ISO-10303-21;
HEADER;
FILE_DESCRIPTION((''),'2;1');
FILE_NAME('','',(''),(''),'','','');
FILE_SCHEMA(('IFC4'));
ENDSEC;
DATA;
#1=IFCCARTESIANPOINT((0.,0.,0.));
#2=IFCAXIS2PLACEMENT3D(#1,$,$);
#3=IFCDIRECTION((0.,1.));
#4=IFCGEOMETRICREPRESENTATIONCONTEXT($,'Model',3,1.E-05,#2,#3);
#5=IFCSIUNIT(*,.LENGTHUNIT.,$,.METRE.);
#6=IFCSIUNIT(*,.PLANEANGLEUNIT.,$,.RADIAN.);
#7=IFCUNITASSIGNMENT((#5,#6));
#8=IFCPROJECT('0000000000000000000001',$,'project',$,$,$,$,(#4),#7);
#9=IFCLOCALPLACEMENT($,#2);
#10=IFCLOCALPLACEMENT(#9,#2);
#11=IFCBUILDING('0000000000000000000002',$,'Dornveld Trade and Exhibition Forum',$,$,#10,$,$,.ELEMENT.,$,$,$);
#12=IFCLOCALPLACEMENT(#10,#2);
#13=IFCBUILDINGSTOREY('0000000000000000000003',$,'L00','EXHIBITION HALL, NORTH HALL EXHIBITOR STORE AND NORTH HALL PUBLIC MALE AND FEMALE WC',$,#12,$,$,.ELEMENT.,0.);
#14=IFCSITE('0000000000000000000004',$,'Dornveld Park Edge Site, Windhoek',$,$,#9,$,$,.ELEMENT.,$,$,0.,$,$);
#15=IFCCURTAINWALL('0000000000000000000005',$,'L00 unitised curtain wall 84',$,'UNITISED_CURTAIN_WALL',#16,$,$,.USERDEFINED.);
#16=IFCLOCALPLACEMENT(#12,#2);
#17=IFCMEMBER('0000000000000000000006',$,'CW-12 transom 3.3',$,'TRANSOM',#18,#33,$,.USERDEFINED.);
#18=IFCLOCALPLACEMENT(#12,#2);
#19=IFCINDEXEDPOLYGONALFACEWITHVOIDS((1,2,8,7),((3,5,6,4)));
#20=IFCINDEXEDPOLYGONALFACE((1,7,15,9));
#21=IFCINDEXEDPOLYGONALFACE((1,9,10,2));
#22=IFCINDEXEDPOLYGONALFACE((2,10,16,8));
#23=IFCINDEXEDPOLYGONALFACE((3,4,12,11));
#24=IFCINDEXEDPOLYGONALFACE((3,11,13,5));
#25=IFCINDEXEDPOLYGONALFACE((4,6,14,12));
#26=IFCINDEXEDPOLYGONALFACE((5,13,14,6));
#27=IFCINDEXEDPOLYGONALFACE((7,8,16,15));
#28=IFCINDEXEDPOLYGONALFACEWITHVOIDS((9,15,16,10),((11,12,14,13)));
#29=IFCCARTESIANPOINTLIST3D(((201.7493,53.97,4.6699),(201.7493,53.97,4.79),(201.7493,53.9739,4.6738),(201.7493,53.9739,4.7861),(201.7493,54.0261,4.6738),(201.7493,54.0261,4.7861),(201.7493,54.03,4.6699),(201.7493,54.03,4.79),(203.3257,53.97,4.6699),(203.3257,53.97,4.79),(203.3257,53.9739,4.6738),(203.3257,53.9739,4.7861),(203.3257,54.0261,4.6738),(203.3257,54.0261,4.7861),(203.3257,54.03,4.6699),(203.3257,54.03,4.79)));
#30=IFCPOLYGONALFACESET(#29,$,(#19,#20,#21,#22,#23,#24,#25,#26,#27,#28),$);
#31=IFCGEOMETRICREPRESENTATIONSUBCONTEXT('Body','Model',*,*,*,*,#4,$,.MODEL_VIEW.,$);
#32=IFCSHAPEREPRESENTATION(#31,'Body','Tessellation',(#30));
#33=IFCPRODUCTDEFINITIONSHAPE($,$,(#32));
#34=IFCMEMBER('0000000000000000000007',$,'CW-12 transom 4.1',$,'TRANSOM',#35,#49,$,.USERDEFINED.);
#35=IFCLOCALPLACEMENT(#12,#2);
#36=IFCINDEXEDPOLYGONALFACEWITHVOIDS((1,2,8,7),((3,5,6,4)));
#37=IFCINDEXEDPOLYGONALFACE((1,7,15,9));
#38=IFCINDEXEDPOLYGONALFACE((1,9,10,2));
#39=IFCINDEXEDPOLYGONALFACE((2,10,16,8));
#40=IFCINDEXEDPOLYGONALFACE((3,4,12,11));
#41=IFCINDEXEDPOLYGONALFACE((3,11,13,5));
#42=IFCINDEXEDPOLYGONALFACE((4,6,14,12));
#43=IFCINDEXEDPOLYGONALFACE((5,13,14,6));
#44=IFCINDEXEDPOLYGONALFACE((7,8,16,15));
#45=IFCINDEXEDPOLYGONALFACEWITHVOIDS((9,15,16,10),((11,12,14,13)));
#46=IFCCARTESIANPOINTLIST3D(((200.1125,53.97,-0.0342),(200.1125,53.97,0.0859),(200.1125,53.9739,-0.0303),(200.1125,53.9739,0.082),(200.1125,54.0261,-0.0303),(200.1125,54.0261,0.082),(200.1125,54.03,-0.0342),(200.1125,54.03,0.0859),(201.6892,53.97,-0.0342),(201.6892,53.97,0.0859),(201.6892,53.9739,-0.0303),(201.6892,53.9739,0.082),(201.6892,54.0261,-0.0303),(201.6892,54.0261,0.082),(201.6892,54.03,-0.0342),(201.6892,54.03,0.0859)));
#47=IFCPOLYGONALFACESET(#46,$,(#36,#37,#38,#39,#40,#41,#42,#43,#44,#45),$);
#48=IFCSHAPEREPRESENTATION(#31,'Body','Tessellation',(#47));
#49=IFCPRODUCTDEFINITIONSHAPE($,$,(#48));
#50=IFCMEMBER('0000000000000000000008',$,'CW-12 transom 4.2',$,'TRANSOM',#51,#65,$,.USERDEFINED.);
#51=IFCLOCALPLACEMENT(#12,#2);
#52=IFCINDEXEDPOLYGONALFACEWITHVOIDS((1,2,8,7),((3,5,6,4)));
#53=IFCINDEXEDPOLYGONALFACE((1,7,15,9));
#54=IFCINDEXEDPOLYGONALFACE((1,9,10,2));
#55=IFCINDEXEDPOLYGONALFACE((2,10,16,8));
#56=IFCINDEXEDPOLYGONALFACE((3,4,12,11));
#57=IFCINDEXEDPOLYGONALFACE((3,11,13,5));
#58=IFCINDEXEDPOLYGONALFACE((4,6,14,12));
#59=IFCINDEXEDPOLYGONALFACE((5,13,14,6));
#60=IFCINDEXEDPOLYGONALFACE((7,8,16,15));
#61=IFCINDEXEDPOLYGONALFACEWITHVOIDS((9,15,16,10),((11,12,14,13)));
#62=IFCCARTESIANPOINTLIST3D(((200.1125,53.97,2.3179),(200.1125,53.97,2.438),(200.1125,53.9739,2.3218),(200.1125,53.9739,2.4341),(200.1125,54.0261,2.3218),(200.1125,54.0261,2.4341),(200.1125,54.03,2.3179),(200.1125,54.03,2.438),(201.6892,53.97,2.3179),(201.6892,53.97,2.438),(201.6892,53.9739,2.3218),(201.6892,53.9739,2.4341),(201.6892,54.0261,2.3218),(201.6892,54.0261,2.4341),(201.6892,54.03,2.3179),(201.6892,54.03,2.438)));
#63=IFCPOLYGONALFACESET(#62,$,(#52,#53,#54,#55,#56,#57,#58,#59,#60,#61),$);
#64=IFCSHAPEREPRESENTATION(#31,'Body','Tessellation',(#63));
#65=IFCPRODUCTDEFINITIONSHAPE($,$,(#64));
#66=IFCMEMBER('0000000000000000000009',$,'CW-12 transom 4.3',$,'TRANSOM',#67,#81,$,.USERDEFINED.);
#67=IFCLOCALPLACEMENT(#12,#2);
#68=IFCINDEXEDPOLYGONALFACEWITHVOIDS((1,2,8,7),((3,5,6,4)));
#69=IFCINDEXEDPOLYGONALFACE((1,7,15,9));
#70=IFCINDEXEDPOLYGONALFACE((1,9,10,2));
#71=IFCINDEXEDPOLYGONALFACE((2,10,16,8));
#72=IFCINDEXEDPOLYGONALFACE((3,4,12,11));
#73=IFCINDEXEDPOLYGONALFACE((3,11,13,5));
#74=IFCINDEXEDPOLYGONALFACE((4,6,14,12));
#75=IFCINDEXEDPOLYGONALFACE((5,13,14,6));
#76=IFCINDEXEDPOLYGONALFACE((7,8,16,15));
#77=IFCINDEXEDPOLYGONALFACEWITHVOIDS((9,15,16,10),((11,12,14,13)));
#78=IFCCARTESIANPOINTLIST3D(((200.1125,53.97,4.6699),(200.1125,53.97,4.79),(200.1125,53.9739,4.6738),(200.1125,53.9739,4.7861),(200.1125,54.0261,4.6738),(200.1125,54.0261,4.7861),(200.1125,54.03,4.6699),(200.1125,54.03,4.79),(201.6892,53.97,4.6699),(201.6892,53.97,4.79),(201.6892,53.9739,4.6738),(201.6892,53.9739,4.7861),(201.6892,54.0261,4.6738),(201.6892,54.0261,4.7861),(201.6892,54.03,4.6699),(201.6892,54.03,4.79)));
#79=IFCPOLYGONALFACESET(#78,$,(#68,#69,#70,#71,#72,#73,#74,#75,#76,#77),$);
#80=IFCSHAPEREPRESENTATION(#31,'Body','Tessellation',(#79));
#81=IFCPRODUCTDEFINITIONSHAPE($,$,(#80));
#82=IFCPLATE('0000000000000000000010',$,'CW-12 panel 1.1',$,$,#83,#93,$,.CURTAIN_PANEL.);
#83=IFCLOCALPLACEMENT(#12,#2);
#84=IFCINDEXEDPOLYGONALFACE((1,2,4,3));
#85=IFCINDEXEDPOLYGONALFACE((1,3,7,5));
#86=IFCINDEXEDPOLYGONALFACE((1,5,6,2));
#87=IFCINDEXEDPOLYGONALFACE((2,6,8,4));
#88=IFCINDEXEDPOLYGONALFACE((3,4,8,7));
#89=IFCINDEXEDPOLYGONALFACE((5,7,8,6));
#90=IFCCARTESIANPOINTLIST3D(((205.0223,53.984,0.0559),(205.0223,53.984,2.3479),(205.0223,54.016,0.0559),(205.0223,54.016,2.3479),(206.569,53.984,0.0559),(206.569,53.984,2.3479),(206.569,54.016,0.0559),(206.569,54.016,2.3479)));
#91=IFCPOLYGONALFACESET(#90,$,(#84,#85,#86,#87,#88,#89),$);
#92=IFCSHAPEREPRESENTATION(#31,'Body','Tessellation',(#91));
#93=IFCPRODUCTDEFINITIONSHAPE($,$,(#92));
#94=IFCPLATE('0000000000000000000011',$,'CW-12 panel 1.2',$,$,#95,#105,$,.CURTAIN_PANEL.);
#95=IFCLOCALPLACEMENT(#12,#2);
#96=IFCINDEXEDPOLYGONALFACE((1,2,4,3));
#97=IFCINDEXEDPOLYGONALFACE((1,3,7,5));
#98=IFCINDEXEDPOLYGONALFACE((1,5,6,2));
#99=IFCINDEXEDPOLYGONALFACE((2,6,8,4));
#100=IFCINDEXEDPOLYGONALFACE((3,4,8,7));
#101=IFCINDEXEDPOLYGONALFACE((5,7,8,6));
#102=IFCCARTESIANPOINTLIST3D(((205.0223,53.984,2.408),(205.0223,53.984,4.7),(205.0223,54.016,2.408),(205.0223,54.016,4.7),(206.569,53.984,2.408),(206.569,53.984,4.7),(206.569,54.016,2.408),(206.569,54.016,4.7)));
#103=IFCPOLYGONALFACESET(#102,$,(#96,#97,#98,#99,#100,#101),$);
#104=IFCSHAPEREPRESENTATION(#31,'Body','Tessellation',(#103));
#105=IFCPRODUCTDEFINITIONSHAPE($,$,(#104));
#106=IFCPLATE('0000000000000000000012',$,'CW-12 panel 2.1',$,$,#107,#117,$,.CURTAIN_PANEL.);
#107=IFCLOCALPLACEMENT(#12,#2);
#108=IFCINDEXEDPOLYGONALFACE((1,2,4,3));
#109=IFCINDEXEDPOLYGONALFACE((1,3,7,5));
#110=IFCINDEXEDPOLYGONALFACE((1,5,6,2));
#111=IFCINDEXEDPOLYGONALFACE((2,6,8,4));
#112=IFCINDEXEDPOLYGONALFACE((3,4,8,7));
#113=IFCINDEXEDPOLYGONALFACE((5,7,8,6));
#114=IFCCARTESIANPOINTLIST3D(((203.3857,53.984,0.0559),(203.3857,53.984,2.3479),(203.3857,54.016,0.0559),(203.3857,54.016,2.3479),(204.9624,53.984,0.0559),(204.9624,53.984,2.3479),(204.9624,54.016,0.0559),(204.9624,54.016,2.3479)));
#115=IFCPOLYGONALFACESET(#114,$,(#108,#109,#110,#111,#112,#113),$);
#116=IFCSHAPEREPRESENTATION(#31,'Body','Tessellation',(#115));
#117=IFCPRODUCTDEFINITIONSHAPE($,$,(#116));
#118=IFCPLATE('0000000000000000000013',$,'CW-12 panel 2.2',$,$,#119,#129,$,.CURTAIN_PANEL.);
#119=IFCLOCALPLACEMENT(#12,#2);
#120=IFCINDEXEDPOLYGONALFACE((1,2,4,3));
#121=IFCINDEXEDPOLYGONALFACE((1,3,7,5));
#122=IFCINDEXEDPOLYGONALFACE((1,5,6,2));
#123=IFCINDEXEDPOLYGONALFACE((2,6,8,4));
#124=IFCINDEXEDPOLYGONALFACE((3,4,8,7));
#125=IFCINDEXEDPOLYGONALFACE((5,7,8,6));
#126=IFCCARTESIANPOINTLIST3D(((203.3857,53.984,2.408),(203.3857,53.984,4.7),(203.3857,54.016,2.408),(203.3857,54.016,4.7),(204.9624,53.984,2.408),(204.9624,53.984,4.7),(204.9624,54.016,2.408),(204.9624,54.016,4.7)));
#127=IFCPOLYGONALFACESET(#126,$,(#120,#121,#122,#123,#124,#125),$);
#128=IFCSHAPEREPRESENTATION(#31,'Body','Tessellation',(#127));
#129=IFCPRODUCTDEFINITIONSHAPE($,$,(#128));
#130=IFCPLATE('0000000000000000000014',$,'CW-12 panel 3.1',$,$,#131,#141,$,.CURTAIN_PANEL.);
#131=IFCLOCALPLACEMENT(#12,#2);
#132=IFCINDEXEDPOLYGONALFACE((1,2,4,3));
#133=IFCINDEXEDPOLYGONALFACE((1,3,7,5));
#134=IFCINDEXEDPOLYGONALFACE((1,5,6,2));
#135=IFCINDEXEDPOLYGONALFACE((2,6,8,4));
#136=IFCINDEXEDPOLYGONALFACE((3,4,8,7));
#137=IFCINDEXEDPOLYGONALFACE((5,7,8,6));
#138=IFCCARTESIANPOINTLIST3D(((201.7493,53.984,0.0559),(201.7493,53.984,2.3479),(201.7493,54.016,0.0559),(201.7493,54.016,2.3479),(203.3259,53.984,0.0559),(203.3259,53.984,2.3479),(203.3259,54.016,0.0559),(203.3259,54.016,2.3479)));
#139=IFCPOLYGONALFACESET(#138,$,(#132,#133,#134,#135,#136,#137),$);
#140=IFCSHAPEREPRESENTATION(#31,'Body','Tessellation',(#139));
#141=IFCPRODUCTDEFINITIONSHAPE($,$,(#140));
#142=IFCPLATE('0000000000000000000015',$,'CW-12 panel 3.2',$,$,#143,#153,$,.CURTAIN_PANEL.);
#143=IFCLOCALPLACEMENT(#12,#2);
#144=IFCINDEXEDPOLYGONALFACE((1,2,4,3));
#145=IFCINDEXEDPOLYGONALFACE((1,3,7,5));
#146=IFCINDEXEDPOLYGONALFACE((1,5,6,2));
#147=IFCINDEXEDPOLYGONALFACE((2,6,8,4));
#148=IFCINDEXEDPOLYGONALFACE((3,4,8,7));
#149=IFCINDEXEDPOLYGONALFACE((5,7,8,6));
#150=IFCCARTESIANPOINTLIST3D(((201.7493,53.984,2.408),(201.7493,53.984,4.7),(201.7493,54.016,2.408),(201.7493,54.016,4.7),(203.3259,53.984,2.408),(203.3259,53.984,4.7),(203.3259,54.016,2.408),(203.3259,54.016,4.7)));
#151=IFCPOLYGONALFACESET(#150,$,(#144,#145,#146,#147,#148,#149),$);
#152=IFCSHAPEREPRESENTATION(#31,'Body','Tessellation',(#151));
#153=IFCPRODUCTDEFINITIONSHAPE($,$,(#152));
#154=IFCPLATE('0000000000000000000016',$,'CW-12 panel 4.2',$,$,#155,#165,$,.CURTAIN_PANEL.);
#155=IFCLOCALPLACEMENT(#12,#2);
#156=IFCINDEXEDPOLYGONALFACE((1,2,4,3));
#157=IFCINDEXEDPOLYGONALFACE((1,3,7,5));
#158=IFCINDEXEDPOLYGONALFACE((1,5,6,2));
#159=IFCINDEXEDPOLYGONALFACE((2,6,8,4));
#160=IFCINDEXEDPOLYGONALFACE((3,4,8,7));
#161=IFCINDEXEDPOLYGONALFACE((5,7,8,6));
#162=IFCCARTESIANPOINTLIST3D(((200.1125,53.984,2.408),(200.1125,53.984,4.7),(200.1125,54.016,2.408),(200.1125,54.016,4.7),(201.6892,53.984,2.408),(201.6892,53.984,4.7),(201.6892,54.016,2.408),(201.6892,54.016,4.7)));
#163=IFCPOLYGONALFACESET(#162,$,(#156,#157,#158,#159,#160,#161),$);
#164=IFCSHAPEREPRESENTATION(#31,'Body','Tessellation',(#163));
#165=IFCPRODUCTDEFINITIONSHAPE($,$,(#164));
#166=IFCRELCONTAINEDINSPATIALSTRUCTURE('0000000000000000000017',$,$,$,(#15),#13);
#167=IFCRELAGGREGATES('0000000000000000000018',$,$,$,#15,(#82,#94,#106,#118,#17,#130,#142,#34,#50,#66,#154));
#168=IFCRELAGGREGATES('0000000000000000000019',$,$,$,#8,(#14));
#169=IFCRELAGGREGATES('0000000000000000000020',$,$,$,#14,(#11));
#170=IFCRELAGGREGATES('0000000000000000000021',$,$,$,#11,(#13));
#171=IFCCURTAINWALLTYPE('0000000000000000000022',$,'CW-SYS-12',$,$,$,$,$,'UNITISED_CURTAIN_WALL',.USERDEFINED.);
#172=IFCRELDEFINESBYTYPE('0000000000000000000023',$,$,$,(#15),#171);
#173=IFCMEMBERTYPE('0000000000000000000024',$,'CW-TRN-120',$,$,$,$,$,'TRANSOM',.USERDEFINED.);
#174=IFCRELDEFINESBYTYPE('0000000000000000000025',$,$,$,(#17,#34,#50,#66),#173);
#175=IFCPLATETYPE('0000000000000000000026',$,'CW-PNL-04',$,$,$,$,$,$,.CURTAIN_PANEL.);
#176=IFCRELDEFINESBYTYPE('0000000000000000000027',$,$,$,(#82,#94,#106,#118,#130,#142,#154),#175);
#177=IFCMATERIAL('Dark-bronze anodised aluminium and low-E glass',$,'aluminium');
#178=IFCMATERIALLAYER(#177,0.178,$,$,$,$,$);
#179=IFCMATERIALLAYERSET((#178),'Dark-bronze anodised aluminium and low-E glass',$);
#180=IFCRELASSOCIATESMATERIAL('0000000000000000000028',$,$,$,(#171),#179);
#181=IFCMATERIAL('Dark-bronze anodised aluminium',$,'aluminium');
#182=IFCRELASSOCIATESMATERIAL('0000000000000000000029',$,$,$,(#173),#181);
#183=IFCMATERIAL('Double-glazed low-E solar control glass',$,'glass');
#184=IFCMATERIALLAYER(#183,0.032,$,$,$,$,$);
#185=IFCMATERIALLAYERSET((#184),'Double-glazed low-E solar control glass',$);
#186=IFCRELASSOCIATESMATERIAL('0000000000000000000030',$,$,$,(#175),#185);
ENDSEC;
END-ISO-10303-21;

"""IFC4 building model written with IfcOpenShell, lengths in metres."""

from ifc_helpers import new_model, si_unit, direction, frame, origin, origin_2d, place, context, subcontext, project, spatial, rectangle, hollow_rectangle, extrude, material, layer, layer_set, material_profile, profile_set, type_object, element, aggregate, save


model = new_model("IFC4")

# Units and contexts
model_context = context("Model", 3, precision=1e-05, world=origin(), true_north=direction((0.0, 1.0)))
body_context = subcontext(model_context, "Body", "Model", "MODEL_VIEW")
ifc_project = project(units=[si_unit("LENGTHUNIT", "METRE"), si_unit("PLANEANGLEUNIT", "RADIAN")], contexts=[model_context])

# Site, building, storey
site_placement = place(None, origin())
site = spatial("IfcSite", under=ifc_project, at=site_placement, Name="Dornveld Park Edge Site, Windhoek", CompositionType="ELEMENT", RefElevation=0.0)
building_placement = place(site_placement, origin())
building = spatial("IfcBuilding", under=site, at=building_placement, Name="Dornveld Trade and Exhibition Forum", CompositionType="ELEMENT")
storey_placement = place(building_placement, origin())
storey = spatial("IfcBuildingStorey", under=building, at=storey_placement, Name="L00", Description="EXHIBITION HALL, NORTH HALL EXHIBITOR STORE AND NORTH HALL PUBLIC MALE AND FEMALE WC", CompositionType="ELEMENT", Elevation=0.0)

# Curtain wall, members, plates
ifc_material_1 = material(Name="Dark-bronze anodised aluminium and low-E glass", Category="aluminium")
ifc_layer_1 = layer(ifc_material_1, 0.178)
ifc_layer_set_1 = layer_set([ifc_layer_1], Name="Dark-bronze anodised aluminium and low-E glass")
curtain_wall_type = type_object("IfcCurtainWallType", Name="CW-SYS-12", ElementType="UNITISED_CURTAIN_WALL", PredefinedType="USERDEFINED", material=ifc_layer_set_1)
curtain_wall_placement = place(storey_placement, origin())
curtain_wall = element("IfcCurtainWall", 1, at=curtain_wall_placement, inside=storey, type_object=curtain_wall_type, Name="L00 unitised curtain wall 84", ObjectType="UNITISED_CURTAIN_WALL", PredefinedType="USERDEFINED")
ifc_material_2 = material(Name="Dark-bronze anodised aluminium", Category="aluminium")
ifc_material_profile_1 = material_profile(ifc_material_2, hollow_rectangle(XDim=0.0601, YDim=0.1201, WallThickness=0.0039, at=origin_2d()), Name="RHS 120x60x4")
ifc_profile_set_1 = profile_set([ifc_material_profile_1], Name="Dark-bronze anodised aluminium")
member_type_1 = type_object("IfcMemberType", Name="CW-TRN-120", ElementType="TRANSOM", PredefinedType="USERDEFINED", material=ifc_profile_set_1)
member_1_placement = place(storey_placement, frame((203.3257, 54.0, 4.73), z_axis=(-1.0, 0.0, 0.0), x_axis=(0.0, -1.0, 0.0)))
member_1 = element("IfcMember", 2, at=member_1_placement, type_object=member_type_1, Name="CW-12 transom 3.3", ObjectType="TRANSOM", PredefinedType="USERDEFINED", context=body_context, shape_type="SweptSolid", body=[
    extrude(hollow_rectangle(XDim=0.0601, YDim=0.1201, WallThickness=0.0039, at=origin_2d()), origin(), (0.0, 0.0, 1.0), 1.5764),
])
member_2_placement = place(storey_placement, frame((201.6892, 54.0, 0.0259), z_axis=(-1.0, 0.0, 0.0), x_axis=(0.0, -1.0, 0.0)))
member_2 = element("IfcMember", 3, at=member_2_placement, type_object=member_type_1, Name="CW-12 transom 4.1", ObjectType="TRANSOM", PredefinedType="USERDEFINED", context=body_context, shape_type="SweptSolid", body=[
    extrude(hollow_rectangle(XDim=0.0601, YDim=0.1201, WallThickness=0.0039, at=origin_2d()), origin(), (0.0, 0.0, 1.0), 1.5767),
])
member_3_placement = place(storey_placement, frame((201.6892, 54.0, 2.3779), z_axis=(-1.0, 0.0, 0.0), x_axis=(0.0, -1.0, 0.0)))
member_3 = element("IfcMember", 4, at=member_3_placement, type_object=member_type_1, Name="CW-12 transom 4.2", ObjectType="TRANSOM", PredefinedType="USERDEFINED", context=body_context, shape_type="SweptSolid", body=[
    extrude(hollow_rectangle(XDim=0.0601, YDim=0.1201, WallThickness=0.0039, at=origin_2d()), origin(), (0.0, 0.0, 1.0), 1.5767),
])
member_4_placement = place(storey_placement, frame((201.6892, 54.0, 4.73), z_axis=(-1.0, 0.0, 0.0), x_axis=(0.0, -1.0, 0.0)))
member_4 = element("IfcMember", 5, at=member_4_placement, type_object=member_type_1, Name="CW-12 transom 4.3", ObjectType="TRANSOM", PredefinedType="USERDEFINED", context=body_context, shape_type="SweptSolid", body=[
    extrude(hollow_rectangle(XDim=0.0601, YDim=0.1201, WallThickness=0.0039, at=origin_2d()), origin(), (0.0, 0.0, 1.0), 1.5767),
])
ifc_material_3 = material(Name="Double-glazed low-E solar control glass", Category="glass")
ifc_layer_2 = layer(ifc_material_3, 0.032)
ifc_layer_set_2 = layer_set([ifc_layer_2], Name="Double-glazed low-E solar control glass")
plate_type = type_object("IfcPlateType", Name="CW-PNL-04", PredefinedType="CURTAIN_PANEL", material=ifc_layer_set_2)
plate_1_placement = place(storey_placement, frame((205.7957, 54.0, 0.0559), z_axis=(0.0, 0.0, 1.0), x_axis=(-1.0, 0.0, 0.0)))
plate_1 = element("IfcPlate", 6, at=plate_1_placement, type_object=plate_type, Name="CW-12 panel 1.1", PredefinedType="CURTAIN_PANEL", context=body_context, shape_type="SweptSolid", body=[
    extrude(rectangle(XDim=1.5466, YDim=0.032, at=origin_2d()), origin(), (0.0, 0.0, 1.0), 2.292),
])
plate_2_placement = place(storey_placement, frame((205.7957, 54.0, 2.408), z_axis=(0.0, 0.0, 1.0), x_axis=(-1.0, 0.0, 0.0)))
plate_2 = element("IfcPlate", 7, at=plate_2_placement, type_object=plate_type, Name="CW-12 panel 1.2", PredefinedType="CURTAIN_PANEL", context=body_context, shape_type="SweptSolid", body=[
    extrude(rectangle(XDim=1.5466, YDim=0.032, at=origin_2d()), origin(), (0.0, 0.0, 1.0), 2.292),
])
plate_3_placement = place(storey_placement, frame((204.1741, 54.0, 0.0559), z_axis=(0.0, 0.0, 1.0), x_axis=(-1.0, 0.0, 0.0)))
plate_3 = element("IfcPlate", 8, at=plate_3_placement, type_object=plate_type, Name="CW-12 panel 2.1", PredefinedType="CURTAIN_PANEL", context=body_context, shape_type="SweptSolid", body=[
    extrude(rectangle(XDim=1.5767, YDim=0.032, at=origin_2d()), origin(), (0.0, 0.0, 1.0), 2.292),
])
plate_4_placement = place(storey_placement, frame((204.1741, 54.0, 2.408), z_axis=(0.0, 0.0, 1.0), x_axis=(-1.0, 0.0, 0.0)))
plate_4 = element("IfcPlate", 9, at=plate_4_placement, type_object=plate_type, Name="CW-12 panel 2.2", PredefinedType="CURTAIN_PANEL", context=body_context, shape_type="SweptSolid", body=[
    extrude(rectangle(XDim=1.5767, YDim=0.032, at=origin_2d()), origin(), (0.0, 0.0, 1.0), 2.292),
])
plate_5_placement = place(storey_placement, frame((202.5376, 54.0, 0.0559), z_axis=(0.0, 0.0, 1.0), x_axis=(-1.0, 0.0, 0.0)))
plate_5 = element("IfcPlate", 10, at=plate_5_placement, type_object=plate_type, Name="CW-12 panel 3.1", PredefinedType="CURTAIN_PANEL", context=body_context, shape_type="SweptSolid", body=[
    extrude(rectangle(XDim=1.5767, YDim=0.032, at=origin_2d()), origin(), (0.0, 0.0, 1.0), 2.292),
])
plate_6_placement = place(storey_placement, frame((202.5376, 54.0, 2.408), z_axis=(0.0, 0.0, 1.0), x_axis=(-1.0, 0.0, 0.0)))
plate_6 = element("IfcPlate", 11, at=plate_6_placement, type_object=plate_type, Name="CW-12 panel 3.2", PredefinedType="CURTAIN_PANEL", context=body_context, shape_type="SweptSolid", body=[
    extrude(rectangle(XDim=1.5767, YDim=0.032, at=origin_2d()), origin(), (0.0, 0.0, 1.0), 2.292),
])
plate_7_placement = place(storey_placement, frame((200.9009, 54.0, 2.408), z_axis=(0.0, 0.0, 1.0), x_axis=(-1.0, 0.0, 0.0)))
plate_7 = element("IfcPlate", 12, at=plate_7_placement, type_object=plate_type, Name="CW-12 panel 4.2", PredefinedType="CURTAIN_PANEL", context=body_context, shape_type="SweptSolid", body=[
    extrude(rectangle(XDim=1.5767, YDim=0.032, at=origin_2d()), origin(), (0.0, 0.0, 1.0), 2.292),
])
aggregate(curtain_wall, [plate_1, plate_2, plate_3, plate_4, member_1, plate_5, plate_6, member_2, member_3, member_4, plate_7])

save(model, "model.ifc")
